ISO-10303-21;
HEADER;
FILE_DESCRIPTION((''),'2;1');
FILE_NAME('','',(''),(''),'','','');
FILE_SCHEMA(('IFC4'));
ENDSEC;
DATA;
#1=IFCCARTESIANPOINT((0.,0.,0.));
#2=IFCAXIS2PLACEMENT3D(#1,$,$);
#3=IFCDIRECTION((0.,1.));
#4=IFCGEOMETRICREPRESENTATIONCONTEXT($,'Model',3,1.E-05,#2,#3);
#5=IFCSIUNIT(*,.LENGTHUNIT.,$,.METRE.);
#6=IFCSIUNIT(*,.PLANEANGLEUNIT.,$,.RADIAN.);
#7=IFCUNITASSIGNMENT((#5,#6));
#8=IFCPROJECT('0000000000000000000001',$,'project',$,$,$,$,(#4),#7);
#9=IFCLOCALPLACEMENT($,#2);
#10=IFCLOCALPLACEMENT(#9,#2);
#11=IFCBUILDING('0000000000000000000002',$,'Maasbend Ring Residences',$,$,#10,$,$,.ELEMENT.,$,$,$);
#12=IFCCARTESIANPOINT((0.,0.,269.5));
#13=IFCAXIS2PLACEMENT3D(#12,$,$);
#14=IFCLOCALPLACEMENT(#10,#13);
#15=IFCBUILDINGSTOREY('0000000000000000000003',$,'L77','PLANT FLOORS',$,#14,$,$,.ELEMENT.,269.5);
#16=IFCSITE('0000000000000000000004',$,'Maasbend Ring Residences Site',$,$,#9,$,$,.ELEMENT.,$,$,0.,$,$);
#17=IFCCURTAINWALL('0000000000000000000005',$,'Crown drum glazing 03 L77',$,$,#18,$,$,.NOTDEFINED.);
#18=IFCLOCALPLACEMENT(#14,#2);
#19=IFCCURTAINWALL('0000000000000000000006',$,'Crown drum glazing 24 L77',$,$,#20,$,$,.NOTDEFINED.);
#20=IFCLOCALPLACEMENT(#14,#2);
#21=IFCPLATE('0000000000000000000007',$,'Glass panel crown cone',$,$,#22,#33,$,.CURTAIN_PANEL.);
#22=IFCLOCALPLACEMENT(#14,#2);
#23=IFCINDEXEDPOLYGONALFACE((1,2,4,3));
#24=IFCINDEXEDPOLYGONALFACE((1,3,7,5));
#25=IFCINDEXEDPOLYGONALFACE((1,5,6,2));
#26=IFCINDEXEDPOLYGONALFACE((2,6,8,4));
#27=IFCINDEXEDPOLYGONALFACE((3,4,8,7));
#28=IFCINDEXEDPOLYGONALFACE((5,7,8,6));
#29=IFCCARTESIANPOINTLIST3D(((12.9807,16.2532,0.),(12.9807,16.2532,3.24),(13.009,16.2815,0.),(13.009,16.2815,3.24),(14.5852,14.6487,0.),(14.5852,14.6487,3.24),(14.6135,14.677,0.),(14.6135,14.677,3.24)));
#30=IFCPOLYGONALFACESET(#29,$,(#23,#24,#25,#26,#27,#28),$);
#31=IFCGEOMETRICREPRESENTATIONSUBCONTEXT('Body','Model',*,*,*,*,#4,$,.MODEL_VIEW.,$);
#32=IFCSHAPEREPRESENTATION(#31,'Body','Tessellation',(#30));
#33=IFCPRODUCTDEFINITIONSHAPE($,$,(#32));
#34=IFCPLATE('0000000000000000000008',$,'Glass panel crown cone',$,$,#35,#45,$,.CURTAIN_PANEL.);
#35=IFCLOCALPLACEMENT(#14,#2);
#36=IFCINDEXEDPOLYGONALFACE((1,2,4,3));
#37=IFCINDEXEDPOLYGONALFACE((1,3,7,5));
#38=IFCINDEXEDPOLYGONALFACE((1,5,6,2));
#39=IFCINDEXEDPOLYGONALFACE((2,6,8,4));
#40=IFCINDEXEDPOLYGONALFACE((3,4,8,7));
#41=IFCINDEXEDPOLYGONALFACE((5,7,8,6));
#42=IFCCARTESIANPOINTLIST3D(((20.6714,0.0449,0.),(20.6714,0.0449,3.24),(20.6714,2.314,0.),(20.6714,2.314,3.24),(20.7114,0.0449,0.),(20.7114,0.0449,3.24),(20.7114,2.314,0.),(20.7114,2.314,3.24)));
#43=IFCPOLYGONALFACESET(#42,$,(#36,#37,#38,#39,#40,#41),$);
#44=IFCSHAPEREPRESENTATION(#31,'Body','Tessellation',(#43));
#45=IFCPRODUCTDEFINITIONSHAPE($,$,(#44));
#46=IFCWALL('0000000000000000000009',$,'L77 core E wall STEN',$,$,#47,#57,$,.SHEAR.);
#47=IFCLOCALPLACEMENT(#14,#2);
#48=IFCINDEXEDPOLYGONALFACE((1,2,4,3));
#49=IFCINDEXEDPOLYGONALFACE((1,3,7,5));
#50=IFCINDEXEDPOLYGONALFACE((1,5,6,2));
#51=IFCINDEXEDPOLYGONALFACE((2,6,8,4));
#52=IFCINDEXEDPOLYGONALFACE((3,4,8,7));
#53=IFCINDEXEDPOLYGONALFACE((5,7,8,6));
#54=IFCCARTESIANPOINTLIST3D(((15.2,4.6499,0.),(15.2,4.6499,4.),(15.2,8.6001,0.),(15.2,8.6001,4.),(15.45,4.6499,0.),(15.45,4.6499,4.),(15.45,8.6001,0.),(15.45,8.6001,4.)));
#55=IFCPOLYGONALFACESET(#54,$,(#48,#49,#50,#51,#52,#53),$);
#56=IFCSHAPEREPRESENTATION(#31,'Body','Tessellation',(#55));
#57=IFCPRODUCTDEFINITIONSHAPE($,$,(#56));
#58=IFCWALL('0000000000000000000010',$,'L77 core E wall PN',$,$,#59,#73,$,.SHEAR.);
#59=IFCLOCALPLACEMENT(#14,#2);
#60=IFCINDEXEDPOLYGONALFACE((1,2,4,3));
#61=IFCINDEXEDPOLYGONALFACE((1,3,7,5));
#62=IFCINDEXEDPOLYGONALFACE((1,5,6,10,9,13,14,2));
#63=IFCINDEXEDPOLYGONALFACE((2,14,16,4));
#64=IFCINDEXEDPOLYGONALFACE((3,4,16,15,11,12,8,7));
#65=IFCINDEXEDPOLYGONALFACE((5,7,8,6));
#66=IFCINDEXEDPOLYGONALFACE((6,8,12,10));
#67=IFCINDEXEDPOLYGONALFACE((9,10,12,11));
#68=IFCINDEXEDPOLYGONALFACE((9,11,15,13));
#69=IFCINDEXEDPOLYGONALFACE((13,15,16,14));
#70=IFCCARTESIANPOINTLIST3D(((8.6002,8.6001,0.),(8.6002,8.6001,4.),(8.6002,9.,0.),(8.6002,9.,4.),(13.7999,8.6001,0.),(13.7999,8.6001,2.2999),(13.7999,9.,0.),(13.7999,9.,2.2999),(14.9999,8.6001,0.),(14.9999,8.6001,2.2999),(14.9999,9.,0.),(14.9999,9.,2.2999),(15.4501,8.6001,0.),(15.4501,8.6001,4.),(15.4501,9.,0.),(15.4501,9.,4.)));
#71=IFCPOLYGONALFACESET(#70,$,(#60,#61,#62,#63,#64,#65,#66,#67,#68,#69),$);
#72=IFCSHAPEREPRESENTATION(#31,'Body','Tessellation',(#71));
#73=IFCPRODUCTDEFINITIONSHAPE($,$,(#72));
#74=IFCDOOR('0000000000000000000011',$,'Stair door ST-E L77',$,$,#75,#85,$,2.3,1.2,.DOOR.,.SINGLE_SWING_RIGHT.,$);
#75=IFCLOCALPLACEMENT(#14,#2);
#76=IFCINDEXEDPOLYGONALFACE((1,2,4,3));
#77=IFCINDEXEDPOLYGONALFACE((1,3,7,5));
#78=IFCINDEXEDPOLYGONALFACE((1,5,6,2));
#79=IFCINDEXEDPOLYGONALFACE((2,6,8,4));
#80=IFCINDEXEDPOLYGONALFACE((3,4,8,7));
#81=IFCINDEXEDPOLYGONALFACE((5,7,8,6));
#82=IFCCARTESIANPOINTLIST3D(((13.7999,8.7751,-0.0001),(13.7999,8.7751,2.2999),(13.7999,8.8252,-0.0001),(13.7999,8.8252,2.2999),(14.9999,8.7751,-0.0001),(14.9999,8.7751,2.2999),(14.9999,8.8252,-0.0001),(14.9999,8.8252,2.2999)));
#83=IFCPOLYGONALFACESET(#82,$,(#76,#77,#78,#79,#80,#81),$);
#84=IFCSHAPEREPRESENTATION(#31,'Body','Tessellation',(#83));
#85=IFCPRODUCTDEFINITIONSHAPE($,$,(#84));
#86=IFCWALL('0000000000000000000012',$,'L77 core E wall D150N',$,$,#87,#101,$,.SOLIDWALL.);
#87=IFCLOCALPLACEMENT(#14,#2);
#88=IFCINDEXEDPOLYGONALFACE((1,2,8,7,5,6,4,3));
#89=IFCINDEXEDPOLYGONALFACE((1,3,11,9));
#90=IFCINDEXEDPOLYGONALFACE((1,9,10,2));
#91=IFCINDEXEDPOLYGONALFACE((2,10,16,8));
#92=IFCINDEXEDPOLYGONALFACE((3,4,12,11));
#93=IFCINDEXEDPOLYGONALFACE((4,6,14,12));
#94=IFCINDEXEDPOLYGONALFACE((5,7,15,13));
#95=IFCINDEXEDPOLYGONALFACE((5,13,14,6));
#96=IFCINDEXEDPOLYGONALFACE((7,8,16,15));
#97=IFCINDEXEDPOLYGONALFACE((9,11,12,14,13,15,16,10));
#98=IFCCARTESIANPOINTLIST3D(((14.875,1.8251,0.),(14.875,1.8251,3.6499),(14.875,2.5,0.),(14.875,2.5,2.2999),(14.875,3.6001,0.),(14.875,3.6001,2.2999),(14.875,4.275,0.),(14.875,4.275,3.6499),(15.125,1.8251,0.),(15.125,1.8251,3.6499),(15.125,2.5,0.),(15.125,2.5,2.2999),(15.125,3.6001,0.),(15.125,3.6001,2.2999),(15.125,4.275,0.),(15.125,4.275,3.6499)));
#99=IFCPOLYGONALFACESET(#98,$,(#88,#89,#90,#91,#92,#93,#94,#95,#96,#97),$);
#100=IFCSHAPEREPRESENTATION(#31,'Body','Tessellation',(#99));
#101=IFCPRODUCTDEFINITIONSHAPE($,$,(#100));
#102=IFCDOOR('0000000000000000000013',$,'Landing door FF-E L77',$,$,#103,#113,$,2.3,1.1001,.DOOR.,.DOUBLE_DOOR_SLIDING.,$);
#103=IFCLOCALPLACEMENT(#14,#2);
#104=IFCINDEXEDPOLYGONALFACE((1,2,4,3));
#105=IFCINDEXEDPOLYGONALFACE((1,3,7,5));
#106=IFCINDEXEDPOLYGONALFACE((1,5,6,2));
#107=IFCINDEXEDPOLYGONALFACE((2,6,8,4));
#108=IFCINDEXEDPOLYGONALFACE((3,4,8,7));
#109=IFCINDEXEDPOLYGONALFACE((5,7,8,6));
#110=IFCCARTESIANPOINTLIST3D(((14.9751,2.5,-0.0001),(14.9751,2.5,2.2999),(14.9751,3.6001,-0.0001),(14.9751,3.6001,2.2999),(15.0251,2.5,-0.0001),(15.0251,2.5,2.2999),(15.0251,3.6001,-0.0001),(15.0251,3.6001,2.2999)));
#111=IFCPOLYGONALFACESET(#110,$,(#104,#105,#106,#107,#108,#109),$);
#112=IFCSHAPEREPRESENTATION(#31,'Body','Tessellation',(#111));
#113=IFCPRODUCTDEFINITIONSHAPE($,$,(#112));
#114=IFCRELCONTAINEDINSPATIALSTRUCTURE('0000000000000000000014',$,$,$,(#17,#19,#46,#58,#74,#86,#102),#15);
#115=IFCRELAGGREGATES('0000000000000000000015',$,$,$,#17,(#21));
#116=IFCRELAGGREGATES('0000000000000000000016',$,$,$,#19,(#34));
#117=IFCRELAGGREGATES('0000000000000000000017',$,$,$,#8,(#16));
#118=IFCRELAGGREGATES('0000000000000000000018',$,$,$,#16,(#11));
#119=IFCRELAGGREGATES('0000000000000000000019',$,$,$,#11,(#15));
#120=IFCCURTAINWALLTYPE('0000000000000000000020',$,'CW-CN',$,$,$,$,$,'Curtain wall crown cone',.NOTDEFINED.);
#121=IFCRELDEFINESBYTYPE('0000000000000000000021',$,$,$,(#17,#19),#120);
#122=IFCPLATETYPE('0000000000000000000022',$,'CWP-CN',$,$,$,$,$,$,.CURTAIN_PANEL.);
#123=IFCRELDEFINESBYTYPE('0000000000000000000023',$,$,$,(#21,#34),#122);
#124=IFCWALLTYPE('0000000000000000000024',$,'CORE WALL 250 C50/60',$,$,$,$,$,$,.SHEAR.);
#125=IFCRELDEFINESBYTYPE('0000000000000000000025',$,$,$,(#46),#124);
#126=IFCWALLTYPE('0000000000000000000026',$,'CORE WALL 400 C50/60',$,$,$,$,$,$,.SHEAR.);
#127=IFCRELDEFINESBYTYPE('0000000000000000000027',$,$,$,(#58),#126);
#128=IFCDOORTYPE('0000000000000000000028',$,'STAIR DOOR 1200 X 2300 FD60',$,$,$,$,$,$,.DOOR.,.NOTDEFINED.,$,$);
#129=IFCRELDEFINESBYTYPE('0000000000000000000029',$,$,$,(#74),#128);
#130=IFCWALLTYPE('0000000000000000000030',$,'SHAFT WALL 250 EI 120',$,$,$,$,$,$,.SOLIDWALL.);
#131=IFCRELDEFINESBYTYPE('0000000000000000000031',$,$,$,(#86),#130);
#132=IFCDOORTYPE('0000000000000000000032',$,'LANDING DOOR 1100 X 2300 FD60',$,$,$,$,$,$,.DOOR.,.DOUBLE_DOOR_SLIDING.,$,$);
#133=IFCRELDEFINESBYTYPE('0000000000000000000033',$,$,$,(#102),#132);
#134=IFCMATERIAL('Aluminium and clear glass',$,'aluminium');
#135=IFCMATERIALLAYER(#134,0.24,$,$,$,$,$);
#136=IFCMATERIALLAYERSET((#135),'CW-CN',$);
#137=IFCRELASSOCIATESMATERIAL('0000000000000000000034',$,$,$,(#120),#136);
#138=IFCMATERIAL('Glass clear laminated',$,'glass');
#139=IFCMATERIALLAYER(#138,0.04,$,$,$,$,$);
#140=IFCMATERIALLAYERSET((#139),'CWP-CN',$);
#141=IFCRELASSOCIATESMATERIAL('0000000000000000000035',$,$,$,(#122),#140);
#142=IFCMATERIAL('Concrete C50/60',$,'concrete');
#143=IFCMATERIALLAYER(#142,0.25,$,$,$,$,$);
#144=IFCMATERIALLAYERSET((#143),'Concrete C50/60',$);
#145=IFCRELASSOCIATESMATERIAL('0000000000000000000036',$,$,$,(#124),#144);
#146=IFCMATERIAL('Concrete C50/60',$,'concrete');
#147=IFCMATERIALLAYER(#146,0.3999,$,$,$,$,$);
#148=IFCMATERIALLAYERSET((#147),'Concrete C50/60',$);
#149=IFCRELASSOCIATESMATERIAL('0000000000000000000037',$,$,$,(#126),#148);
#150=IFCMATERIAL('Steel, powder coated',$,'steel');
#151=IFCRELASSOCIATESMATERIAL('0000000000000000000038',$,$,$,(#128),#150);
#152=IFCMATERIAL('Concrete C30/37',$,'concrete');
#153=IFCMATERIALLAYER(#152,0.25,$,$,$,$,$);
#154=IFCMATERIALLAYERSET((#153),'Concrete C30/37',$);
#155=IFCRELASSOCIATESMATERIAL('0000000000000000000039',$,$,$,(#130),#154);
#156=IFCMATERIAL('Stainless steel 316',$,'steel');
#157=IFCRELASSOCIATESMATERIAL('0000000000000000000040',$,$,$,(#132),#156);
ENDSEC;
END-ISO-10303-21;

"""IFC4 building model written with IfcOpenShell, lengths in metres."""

from ifc_helpers import new_model, si_unit, direction, frame, frame_2d, origin, origin_2d, place, context, subcontext, project, spatial, rectangle, extrude, material, layer, layer_set, type_object, element, fill, aggregate, save


model = new_model("IFC4")

# Units and contexts
model_context = context("Model", 3, precision=1e-05, world=origin(), true_north=direction((0.0, 1.0)))
body_context = subcontext(model_context, "Body", "Model", "MODEL_VIEW")
ifc_project = project(units=[si_unit("LENGTHUNIT", "METRE"), si_unit("PLANEANGLEUNIT", "RADIAN")], contexts=[model_context])

# Site, building, storey
site_placement = place(None, origin())
site = spatial("IfcSite", under=ifc_project, at=site_placement, Name="Maasbend Ring Residences Site", CompositionType="ELEMENT", RefElevation=0.0)
building_placement = place(site_placement, origin())
building = spatial("IfcBuilding", under=site, at=building_placement, Name="Maasbend Ring Residences", CompositionType="ELEMENT")
storey_placement = place(building_placement, frame((0.0, 0.0, 269.5)))
storey = spatial("IfcBuildingStorey", under=building, at=storey_placement, Name="L77", Description="PLANT FLOORS", CompositionType="ELEMENT", Elevation=269.5)

# Curtain walls
ifc_material_1 = material(Name="Aluminium and clear glass", Category="aluminium")
ifc_layer_1 = layer(ifc_material_1, 0.24)
ifc_layer_set_1 = layer_set([ifc_layer_1], Name="CW-CN")
curtain_wall_type = type_object("IfcCurtainWallType", Name="CW-CN", ElementType="Curtain wall crown cone", PredefinedType="NOTDEFINED", material=ifc_layer_set_1)
curtain_wall_1_placement = place(storey_placement, origin())
curtain_wall_1 = element("IfcCurtainWall", 1, at=curtain_wall_1_placement, inside=storey, type_object=curtain_wall_type, Name="Crown drum glazing 03 L77", PredefinedType="NOTDEFINED")
curtain_wall_2_placement = place(storey_placement, origin())
curtain_wall_2 = element("IfcCurtainWall", 2, at=curtain_wall_2_placement, inside=storey, type_object=curtain_wall_type, Name="Crown drum glazing 24 L77", PredefinedType="NOTDEFINED")

# Plates
ifc_material_2 = material(Name="Glass clear laminated", Category="glass")
ifc_layer_2 = layer(ifc_material_2, 0.04)
ifc_layer_set_2 = layer_set([ifc_layer_2], Name="CWP-CN")
plate_type = type_object("IfcPlateType", Name="CWP-CN", PredefinedType="CURTAIN_PANEL", material=ifc_layer_set_2)
plate_1_placement = place(storey_placement, frame((13.7971, 15.4651, 0.0), z_axis=(0.0, 0.0, 1.0), x_axis=(-0.707107, 0.707107, 0.0)))
plate_1 = element("IfcPlate", 3, at=plate_1_placement, type_object=plate_type, Name="Glass panel crown cone", PredefinedType="CURTAIN_PANEL", context=body_context, shape_type="SweptSolid", body=[
    extrude(rectangle(XDim=2.269, YDim=0.04, at=origin_2d()), origin(), (0.0, 0.0, 1.0), 3.24),
])
aggregate(curtain_wall_1, [plate_1])
plate_2_placement = place(storey_placement, frame((20.6914, 1.1794, 0.0), z_axis=(0.0, 0.0, 1.0), x_axis=(0.0, 1.0, 0.0)))
plate_2 = element("IfcPlate", 4, at=plate_2_placement, type_object=plate_type, Name="Glass panel crown cone", PredefinedType="CURTAIN_PANEL", context=body_context, shape_type="SweptSolid", body=[
    extrude(rectangle(XDim=2.269, YDim=0.04, at=origin_2d()), origin(), (0.0, 0.0, 1.0), 3.24),
])
aggregate(curtain_wall_2, [plate_2])

# Wall
ifc_material_3 = material(Name="Concrete C50/60", Category="concrete")
ifc_layer_3 = layer(ifc_material_3, 0.25)
ifc_layer_set_3 = layer_set([ifc_layer_3], Name="Concrete C50/60")
wall_type_1 = type_object("IfcWallType", Name="CORE WALL 250 C50/60", PredefinedType="SHEAR", material=ifc_layer_set_3)
wall_1_placement = place(storey_placement, frame((15.325, 4.6499, 0.0), z_axis=(0.0, 0.0, 1.0), x_axis=(0.0, 1.0, 0.0)))
element("IfcWall", 5, at=wall_1_placement, inside=storey, type_object=wall_type_1, Name="L77 core E wall STEN", PredefinedType="SHEAR", context=body_context, shape_type="SweptSolid", body=[
    extrude(rectangle(XDim=3.9502, YDim=0.25, at=frame_2d((1.9751, 0.0))), origin(), (0.0, 0.0, 1.0), 4.0),
])

# Walls, openings, doors
ifc_material_4 = material(Name="Concrete C50/60", Category="concrete")
ifc_layer_4 = layer(ifc_material_4, 0.3999)
ifc_layer_set_4 = layer_set([ifc_layer_4], Name="Concrete C50/60")
wall_type_2 = type_object("IfcWallType", Name="CORE WALL 400 C50/60", PredefinedType="SHEAR", material=ifc_layer_set_4)
wall_2_placement = place(storey_placement, frame((15.45, 8.8, 0.0), z_axis=(0.0, 0.0, 1.0), x_axis=(-1.0, 0.0, 0.0)))
wall_2 = element("IfcWall", 6, at=wall_2_placement, inside=storey, type_object=wall_type_2, Name="L77 core E wall PN", PredefinedType="SHEAR", context=body_context, shape_type="SweptSolid", body=[
    extrude(rectangle(XDim=6.8499, YDim=0.3999, at=frame_2d((3.4248, 0.0))), origin(), (0.0, 0.0, 1.0), 4.0),
])
opening_1_placement = place(wall_2_placement, frame((0.45, 0.0, 0.0)))
opening_1 = element("IfcOpeningElement", 7, at=opening_1_placement, cuts=wall_2, PredefinedType="OPENING", context=body_context, shape_type="SweptSolid", body=[
    extrude(rectangle(XDim=1.2, YDim=2.3, at=frame_2d((0.6001, 1.1499))), frame((0.0, 0.21, 0.0), z_axis=(0.0, -1.0, 0.0), x_axis=(1.0, 0.0, 0.0)), (0.0, 0.0, 1.0), 0.4199),
])
ifc_material_5 = material(Name="Steel, powder coated", Category="steel")
door_type_1 = type_object("IfcDoorType", Name="STAIR DOOR 1200 X 2300 FD60", OperationType="NOTDEFINED", PredefinedType="DOOR", material=ifc_material_5)
door_1_placement = place(opening_1_placement, origin())
door_1 = element("IfcDoor", 8, at=door_1_placement, inside=storey, type_object=door_type_1, Name="Stair door ST-E L77", OperationType="SINGLE_SWING_RIGHT", OverallHeight=2.3, OverallWidth=1.2, PredefinedType="DOOR", context=body_context, shape_type="SweptSolid", body=[
    extrude(rectangle(XDim=1.2, YDim=2.3, at=frame_2d((0.6001, 1.1499))), frame((0.0, 0.0249, 0.0), z_axis=(0.0, -1.0, 0.0), x_axis=(1.0, 0.0, 0.0)), (0.0, 0.0, 1.0), 0.05),
])
fill(opening_1, door_1)
ifc_material_6 = material(Name="Concrete C30/37", Category="concrete")
ifc_layer_5 = layer(ifc_material_6, 0.25)
ifc_layer_set_5 = layer_set([ifc_layer_5], Name="Concrete C30/37")
wall_type_3 = type_object("IfcWallType", Name="SHAFT WALL 250 EI 120", PredefinedType="SOLIDWALL", material=ifc_layer_set_5)
wall_3_placement = place(storey_placement, frame((15.0, 1.825, 0.0), z_axis=(0.0, 0.0, 1.0), x_axis=(0.0, 1.0, 0.0)))
wall_3 = element("IfcWall", 9, at=wall_3_placement, inside=storey, type_object=wall_type_3, Name="L77 core E wall D150N", PredefinedType="SOLIDWALL", context=body_context, shape_type="SweptSolid", body=[
    extrude(rectangle(XDim=2.45, YDim=0.25, at=frame_2d((1.2251, 0.0))), origin(), (0.0, 0.0, 1.0), 3.6499),
])
opening_2_placement = place(wall_3_placement, frame((0.675, 0.0, 0.0)))
opening_2 = element("IfcOpeningElement", 10, at=opening_2_placement, cuts=wall_3, PredefinedType="OPENING", context=body_context, shape_type="SweptSolid", body=[
    extrude(rectangle(XDim=1.1001, YDim=2.3, at=frame_2d((0.55, 1.1499))), frame((0.0, 0.135, 0.0), z_axis=(0.0, -1.0, 0.0), x_axis=(1.0, 0.0, 0.0)), (0.0, 0.0, 1.0), 0.27),
])
ifc_material_7 = material(Name="Stainless steel 316", Category="steel")
door_type_2 = type_object("IfcDoorType", Name="LANDING DOOR 1100 X 2300 FD60", OperationType="DOUBLE_DOOR_SLIDING", PredefinedType="DOOR", material=ifc_material_7)
door_2_placement = place(opening_2_placement, origin())
door_2 = element("IfcDoor", 11, at=door_2_placement, inside=storey, type_object=door_type_2, Name="Landing door FF-E L77", OperationType="DOUBLE_DOOR_SLIDING", OverallHeight=2.3, OverallWidth=1.1001, PredefinedType="DOOR", context=body_context, shape_type="SweptSolid", body=[
    extrude(rectangle(XDim=1.1001, YDim=2.3, at=frame_2d((0.55, 1.1499))), frame((0.0, 0.0249, 0.0), z_axis=(0.0, -1.0, 0.0), x_axis=(1.0, 0.0, 0.0)), (0.0, 0.0, 1.0), 0.05),
])
fill(opening_2, door_2)

save(model, "model.ifc")
